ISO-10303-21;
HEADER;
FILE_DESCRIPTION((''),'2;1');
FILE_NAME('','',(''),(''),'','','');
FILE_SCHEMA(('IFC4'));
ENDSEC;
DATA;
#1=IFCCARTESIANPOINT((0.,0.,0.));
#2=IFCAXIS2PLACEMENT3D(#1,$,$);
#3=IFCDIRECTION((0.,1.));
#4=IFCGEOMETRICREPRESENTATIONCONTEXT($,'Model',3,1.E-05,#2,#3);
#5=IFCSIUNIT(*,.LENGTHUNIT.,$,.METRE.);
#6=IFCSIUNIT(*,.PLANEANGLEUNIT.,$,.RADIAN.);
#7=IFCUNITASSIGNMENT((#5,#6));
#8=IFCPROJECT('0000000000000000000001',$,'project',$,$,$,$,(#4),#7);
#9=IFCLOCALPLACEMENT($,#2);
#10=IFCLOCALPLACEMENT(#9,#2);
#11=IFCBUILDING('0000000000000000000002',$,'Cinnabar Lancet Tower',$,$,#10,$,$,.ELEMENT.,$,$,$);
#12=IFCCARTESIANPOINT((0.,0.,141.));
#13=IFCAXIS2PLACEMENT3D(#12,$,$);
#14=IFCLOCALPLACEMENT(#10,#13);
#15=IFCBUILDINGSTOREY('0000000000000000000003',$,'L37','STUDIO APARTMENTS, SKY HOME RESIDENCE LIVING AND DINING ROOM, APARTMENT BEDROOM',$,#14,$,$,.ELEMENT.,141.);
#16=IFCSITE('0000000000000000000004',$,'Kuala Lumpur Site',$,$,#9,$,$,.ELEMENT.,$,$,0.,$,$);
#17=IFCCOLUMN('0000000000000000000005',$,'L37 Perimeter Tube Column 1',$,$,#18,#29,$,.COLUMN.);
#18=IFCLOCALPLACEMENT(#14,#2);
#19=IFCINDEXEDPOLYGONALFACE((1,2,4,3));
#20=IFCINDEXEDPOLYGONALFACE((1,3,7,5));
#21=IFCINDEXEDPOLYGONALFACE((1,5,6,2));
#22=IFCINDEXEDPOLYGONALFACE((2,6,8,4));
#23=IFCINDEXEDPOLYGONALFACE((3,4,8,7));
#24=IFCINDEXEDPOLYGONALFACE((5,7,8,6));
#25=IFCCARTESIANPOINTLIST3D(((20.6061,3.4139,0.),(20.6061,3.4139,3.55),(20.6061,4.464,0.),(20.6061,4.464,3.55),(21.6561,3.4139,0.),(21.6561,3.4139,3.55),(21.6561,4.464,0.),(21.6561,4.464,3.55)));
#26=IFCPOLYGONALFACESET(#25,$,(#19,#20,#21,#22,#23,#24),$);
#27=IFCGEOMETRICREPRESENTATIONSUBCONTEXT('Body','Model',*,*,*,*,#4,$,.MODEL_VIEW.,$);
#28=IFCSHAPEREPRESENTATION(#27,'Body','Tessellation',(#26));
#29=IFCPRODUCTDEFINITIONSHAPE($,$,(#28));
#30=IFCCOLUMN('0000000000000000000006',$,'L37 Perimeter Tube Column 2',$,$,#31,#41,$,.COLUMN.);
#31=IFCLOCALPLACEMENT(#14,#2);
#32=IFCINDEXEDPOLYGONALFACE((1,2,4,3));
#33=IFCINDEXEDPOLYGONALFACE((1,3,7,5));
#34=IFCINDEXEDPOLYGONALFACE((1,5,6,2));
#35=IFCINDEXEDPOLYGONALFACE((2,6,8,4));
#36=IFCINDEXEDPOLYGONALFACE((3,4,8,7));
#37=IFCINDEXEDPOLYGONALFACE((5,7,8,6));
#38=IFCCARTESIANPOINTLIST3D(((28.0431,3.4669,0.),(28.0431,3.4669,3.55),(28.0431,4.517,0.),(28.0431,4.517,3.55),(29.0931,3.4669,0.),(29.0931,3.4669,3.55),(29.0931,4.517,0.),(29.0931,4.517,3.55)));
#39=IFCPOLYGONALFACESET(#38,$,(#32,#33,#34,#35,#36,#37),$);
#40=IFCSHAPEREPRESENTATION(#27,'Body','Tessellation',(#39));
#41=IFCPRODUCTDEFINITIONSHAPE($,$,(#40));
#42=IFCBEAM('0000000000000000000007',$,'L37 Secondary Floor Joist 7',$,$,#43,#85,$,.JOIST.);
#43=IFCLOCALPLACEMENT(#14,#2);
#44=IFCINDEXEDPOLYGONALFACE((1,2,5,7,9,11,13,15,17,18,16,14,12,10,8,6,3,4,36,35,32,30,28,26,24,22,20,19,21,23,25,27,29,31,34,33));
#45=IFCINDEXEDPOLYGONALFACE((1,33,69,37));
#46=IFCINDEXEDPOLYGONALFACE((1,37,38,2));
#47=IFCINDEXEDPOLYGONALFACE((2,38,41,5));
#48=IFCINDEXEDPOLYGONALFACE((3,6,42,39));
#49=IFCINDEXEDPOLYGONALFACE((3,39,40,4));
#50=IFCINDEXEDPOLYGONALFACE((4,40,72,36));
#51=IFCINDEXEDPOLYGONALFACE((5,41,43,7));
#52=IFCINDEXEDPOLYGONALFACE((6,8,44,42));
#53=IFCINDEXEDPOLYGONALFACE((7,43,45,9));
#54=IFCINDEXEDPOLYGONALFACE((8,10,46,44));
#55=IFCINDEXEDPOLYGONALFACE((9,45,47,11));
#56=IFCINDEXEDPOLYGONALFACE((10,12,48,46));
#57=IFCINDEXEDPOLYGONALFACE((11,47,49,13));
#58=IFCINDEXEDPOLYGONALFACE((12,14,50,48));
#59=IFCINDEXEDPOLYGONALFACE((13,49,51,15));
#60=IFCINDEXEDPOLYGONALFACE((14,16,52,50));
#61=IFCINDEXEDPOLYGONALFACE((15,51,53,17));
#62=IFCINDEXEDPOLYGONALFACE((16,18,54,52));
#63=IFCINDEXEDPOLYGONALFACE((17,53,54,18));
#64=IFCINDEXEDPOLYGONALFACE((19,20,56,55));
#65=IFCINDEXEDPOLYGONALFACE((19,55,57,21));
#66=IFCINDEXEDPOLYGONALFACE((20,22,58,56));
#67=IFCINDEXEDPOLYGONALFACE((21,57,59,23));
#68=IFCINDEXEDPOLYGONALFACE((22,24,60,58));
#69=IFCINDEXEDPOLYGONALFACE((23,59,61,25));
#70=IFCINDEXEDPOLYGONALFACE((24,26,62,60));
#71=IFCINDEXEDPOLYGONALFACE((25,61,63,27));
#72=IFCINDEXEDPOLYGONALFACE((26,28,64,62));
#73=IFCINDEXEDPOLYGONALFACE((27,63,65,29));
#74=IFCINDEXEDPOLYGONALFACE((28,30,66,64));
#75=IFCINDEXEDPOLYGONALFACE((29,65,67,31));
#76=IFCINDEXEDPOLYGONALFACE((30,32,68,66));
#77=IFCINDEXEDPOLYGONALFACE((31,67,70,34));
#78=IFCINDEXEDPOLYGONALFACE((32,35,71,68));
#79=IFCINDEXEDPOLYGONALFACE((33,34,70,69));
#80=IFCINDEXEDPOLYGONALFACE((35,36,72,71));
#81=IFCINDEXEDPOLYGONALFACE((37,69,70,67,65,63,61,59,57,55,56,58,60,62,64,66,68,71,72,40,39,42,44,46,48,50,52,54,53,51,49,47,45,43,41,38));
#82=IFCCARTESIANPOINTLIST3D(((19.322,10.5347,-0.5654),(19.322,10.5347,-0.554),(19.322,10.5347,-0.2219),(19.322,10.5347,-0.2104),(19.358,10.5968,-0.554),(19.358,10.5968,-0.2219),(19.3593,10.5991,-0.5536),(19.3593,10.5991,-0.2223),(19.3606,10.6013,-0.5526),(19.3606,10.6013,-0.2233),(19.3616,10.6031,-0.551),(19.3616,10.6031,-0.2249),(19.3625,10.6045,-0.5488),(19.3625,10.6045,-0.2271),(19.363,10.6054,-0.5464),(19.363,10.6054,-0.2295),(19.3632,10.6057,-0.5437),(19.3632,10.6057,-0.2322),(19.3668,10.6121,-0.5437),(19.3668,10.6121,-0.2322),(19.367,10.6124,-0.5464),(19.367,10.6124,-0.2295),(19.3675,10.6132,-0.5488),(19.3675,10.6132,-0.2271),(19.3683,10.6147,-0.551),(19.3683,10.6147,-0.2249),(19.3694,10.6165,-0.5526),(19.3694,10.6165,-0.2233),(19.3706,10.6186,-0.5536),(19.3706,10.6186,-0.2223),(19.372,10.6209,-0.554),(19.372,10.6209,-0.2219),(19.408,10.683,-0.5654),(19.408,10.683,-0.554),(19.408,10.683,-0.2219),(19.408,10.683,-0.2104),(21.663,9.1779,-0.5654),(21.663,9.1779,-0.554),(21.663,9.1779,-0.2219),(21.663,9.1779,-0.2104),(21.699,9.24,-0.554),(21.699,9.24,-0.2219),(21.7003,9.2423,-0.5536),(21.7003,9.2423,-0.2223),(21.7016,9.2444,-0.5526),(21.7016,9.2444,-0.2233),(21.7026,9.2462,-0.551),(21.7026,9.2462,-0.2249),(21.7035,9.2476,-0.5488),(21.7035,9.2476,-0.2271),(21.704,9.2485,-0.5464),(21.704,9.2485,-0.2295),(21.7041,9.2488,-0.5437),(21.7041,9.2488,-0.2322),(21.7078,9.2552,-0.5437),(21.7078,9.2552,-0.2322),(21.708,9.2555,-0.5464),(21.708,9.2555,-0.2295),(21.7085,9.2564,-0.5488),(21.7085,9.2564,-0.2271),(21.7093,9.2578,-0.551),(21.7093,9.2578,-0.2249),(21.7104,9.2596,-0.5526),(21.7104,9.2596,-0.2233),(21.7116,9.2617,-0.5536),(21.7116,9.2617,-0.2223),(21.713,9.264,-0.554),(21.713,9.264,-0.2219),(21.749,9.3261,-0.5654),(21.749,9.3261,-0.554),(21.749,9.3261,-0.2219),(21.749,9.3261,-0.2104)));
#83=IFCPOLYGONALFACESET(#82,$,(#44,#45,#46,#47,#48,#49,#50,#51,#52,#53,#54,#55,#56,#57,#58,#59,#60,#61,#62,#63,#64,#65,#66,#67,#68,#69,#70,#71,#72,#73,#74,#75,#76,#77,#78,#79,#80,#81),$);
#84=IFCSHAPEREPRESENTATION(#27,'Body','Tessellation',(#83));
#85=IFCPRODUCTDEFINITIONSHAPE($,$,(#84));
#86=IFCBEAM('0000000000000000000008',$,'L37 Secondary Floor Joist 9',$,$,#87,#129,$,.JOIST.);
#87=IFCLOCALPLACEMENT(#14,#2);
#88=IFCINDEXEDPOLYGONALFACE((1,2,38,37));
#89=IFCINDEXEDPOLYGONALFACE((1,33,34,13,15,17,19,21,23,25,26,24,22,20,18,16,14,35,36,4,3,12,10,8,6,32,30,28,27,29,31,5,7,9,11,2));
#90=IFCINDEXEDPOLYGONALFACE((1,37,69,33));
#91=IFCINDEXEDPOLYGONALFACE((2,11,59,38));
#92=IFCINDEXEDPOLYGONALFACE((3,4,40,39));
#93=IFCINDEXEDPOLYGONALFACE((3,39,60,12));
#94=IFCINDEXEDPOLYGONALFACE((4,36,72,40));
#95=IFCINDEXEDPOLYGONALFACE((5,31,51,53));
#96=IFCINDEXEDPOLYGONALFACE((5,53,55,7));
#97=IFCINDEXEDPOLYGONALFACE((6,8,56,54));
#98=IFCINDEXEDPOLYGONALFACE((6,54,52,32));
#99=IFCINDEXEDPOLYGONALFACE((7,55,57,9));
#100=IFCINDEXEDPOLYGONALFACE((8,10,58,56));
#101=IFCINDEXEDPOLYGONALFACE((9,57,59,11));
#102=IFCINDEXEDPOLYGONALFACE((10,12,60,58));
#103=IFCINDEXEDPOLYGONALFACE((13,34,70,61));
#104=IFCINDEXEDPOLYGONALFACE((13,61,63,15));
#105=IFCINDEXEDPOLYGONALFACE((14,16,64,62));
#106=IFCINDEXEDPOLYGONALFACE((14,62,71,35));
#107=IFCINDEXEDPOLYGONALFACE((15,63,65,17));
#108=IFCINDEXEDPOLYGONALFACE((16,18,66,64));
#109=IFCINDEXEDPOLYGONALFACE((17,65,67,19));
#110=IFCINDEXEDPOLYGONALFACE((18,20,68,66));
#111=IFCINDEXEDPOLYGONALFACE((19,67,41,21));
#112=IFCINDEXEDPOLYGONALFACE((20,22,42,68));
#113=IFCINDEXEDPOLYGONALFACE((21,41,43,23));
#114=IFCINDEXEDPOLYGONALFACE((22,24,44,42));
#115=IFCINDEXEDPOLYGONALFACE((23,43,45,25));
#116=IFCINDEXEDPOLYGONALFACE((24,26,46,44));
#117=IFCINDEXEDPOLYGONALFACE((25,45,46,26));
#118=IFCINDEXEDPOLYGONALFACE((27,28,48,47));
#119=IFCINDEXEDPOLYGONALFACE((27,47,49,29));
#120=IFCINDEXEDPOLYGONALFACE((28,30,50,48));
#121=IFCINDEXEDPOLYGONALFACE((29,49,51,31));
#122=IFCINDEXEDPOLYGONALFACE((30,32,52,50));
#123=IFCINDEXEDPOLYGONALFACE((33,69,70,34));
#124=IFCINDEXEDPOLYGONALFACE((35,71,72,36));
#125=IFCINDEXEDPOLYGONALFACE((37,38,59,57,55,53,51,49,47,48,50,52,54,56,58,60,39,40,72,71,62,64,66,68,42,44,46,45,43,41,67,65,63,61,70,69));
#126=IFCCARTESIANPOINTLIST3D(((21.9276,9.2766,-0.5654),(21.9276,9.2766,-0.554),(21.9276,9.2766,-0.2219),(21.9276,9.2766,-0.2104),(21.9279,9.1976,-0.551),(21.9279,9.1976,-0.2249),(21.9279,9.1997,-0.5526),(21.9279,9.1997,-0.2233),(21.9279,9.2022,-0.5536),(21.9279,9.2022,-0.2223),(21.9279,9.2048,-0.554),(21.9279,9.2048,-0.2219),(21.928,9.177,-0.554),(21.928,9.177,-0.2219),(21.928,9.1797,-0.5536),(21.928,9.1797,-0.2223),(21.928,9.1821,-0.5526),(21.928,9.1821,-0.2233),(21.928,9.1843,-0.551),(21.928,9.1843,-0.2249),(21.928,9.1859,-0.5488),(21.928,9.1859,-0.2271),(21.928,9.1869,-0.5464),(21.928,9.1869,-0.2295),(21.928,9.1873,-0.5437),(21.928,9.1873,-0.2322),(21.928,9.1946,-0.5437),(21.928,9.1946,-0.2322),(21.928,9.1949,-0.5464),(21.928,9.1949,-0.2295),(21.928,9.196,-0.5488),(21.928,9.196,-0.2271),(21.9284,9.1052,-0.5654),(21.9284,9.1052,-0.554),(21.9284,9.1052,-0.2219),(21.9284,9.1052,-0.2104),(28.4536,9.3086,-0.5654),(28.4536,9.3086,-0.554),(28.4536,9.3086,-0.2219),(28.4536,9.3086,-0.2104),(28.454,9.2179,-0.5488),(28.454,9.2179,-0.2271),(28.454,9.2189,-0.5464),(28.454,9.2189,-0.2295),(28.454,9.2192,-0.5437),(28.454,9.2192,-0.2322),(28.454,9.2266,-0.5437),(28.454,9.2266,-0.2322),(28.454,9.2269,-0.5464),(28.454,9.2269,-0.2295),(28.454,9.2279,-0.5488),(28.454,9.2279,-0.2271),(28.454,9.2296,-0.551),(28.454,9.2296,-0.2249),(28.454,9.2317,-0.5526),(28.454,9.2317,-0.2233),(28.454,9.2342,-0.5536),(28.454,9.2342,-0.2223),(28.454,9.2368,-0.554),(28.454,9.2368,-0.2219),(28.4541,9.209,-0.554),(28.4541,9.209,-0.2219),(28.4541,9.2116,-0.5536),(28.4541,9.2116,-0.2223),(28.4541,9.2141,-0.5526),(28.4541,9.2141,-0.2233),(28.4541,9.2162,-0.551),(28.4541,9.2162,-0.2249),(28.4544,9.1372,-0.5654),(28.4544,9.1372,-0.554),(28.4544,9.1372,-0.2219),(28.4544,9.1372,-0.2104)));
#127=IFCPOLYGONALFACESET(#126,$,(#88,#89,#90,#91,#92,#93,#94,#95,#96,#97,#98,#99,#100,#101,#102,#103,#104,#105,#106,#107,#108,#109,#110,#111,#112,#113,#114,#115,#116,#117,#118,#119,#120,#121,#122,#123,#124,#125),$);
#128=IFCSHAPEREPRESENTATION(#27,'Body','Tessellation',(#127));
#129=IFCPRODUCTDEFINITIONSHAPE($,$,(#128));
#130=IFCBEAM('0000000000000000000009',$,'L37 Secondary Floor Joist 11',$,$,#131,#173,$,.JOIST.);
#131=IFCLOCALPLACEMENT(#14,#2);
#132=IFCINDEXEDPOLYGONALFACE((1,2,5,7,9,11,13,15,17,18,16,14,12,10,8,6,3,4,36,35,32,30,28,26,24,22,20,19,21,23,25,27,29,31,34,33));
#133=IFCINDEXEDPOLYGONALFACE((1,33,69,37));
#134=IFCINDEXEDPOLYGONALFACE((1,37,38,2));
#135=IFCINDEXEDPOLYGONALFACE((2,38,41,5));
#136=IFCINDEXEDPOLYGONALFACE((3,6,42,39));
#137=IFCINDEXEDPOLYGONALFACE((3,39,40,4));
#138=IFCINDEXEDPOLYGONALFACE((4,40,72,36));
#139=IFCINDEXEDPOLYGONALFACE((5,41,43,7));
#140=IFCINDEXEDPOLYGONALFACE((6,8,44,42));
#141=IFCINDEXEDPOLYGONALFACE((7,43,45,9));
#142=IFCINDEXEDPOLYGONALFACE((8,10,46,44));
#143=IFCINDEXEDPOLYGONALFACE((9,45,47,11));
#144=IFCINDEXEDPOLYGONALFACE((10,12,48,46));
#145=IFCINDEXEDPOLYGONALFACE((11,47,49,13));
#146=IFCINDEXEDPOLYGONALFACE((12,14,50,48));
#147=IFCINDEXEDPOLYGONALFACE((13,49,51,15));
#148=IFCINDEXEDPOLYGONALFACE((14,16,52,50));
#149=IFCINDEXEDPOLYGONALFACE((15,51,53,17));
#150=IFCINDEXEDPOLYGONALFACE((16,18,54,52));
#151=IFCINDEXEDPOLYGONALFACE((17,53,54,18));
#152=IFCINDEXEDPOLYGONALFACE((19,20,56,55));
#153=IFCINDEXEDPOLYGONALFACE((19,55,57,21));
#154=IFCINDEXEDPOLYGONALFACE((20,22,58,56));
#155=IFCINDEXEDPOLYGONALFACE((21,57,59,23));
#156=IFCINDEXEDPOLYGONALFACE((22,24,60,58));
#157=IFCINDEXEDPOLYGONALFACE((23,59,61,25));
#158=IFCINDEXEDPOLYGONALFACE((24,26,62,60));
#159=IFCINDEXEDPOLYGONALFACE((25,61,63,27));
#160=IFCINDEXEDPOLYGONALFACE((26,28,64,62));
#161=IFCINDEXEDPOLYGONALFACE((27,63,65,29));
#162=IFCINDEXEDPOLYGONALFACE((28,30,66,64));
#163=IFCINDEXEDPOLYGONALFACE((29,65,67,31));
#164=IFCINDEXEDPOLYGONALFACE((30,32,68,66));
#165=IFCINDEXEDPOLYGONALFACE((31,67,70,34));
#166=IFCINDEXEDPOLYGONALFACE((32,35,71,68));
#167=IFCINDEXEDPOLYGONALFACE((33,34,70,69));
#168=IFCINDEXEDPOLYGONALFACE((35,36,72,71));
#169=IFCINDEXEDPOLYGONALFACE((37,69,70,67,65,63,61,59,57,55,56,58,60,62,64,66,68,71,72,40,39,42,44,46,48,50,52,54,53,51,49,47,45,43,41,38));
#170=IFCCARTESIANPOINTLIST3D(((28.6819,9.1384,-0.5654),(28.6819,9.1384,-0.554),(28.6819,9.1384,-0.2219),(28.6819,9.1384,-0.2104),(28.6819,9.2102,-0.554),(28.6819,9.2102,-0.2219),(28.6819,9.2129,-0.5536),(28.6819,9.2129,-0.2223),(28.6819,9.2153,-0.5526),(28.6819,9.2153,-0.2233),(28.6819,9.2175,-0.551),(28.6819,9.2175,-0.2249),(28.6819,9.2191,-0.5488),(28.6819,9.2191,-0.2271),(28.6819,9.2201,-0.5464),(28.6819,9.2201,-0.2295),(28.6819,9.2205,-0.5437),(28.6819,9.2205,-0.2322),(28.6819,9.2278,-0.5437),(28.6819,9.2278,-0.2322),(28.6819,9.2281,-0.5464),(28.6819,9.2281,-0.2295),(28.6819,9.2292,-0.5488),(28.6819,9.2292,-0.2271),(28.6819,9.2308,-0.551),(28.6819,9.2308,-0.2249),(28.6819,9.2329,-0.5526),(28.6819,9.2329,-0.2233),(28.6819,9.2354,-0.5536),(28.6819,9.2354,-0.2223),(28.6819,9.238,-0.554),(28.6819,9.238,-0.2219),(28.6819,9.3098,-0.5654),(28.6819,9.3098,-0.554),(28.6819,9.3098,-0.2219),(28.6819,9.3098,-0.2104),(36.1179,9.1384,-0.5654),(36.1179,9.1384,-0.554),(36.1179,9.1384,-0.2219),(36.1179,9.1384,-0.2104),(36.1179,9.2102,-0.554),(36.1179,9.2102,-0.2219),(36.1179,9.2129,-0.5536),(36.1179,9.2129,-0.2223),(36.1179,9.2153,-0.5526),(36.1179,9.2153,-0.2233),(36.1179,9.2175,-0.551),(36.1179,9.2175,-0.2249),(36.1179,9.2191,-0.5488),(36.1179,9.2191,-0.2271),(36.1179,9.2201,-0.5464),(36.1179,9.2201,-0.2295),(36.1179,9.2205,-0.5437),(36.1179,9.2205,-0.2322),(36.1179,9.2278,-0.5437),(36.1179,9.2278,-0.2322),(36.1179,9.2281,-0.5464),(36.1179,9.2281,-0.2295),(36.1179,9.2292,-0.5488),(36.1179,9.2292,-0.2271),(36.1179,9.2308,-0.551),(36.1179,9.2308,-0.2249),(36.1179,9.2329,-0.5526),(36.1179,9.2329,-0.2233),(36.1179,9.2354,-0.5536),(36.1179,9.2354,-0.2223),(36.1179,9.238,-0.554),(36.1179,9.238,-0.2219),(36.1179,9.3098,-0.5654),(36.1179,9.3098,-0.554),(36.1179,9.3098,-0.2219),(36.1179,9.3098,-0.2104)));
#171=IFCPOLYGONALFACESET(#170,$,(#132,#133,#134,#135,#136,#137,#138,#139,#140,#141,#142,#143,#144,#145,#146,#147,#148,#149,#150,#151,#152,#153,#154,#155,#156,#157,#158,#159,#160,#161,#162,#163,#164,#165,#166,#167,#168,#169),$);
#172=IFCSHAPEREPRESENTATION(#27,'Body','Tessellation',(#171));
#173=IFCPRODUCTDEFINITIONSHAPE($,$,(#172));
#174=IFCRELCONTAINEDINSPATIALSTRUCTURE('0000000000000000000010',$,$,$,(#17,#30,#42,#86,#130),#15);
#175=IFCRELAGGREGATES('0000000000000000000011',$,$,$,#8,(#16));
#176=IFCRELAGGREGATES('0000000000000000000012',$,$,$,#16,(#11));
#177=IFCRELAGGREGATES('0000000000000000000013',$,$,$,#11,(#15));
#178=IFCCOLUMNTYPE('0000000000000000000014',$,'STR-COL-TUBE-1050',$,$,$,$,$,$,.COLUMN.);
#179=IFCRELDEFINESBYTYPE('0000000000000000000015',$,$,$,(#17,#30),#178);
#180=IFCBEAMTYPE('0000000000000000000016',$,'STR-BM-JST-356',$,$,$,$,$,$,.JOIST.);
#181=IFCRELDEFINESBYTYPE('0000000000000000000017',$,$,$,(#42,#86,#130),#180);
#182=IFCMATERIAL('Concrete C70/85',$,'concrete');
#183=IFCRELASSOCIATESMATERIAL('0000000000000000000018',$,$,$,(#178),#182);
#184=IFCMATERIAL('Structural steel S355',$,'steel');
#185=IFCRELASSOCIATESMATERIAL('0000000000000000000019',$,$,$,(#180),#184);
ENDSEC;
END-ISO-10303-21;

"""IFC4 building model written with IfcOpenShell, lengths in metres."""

from ifc_helpers import new_model, si_unit, direction, frame, origin, origin_2d, place, context, subcontext, project, spatial, rectangle, i_section, extrude, material, material_profile, profile_set, type_object, element, save


model = new_model("IFC4")

# Units and contexts
model_context = context("Model", 3, precision=1e-05, world=origin(), true_north=direction((0.0, 1.0)))
body_context = subcontext(model_context, "Body", "Model", "MODEL_VIEW")
ifc_project = project(units=[si_unit("LENGTHUNIT", "METRE"), si_unit("PLANEANGLEUNIT", "RADIAN")], contexts=[model_context])

# Site, building, storey
site_placement = place(None, origin())
site = spatial("IfcSite", under=ifc_project, at=site_placement, Name="Kuala Lumpur Site", CompositionType="ELEMENT", RefElevation=0.0)
building_placement = place(site_placement, origin())
building = spatial("IfcBuilding", under=site, at=building_placement, Name="Cinnabar Lancet Tower", CompositionType="ELEMENT")
storey_placement = place(building_placement, frame((0.0, 0.0, 141.0)))
storey = spatial("IfcBuildingStorey", under=building, at=storey_placement, Name="L37", Description="STUDIO APARTMENTS, SKY HOME RESIDENCE LIVING AND DINING ROOM, APARTMENT BEDROOM", CompositionType="ELEMENT", Elevation=141.0)

# Columns
ifc_material_1 = material(Name="Concrete C70/85", Category="concrete")
ifc_material_profile_1 = material_profile(ifc_material_1, rectangle(XDim=1.05, YDim=1.05, at=origin_2d()), Name="RC-COL 1050x1050")
ifc_profile_set_1 = profile_set([ifc_material_profile_1], Name="Concrete C70/85")
column_type = type_object("IfcColumnType", Name="STR-COL-TUBE-1050", PredefinedType="COLUMN", material=ifc_profile_set_1)
for number, where, z_axis, x_axis, name in (
    (1, (21.1311, 3.939, 0.0), (0.0, 0.0, 1.0), (1.0, 0.0, 0.0), "L37 Perimeter Tube Column 1"),
    (2, (28.5681, 3.9919, 0.0), (0.0, 0.0, 1.0), (1.0, 0.0, 0.0), "L37 Perimeter Tube Column 2"),
):
    element("IfcColumn", number, at=place(storey_placement, frame(where, z_axis=z_axis, x_axis=x_axis)), inside=storey, type_object=column_type, Name=name, PredefinedType="COLUMN", context=body_context, shape_type="SweptSolid", body=[
        extrude(rectangle(XDim=1.05, YDim=1.05, at=origin_2d()), origin(), (0.0, 0.0, 1.0), 3.55),
    ])

# Beams
ifc_material_2 = material(Name="Structural steel S355", Category="steel")
ifc_material_profile_2 = material_profile(ifc_material_2, i_section(OverallWidth=0.1714, OverallDepth=0.355, WebThickness=0.0073, FlangeThickness=0.0115, FilletRadius=0.0103, at=origin_2d()), Name="UKB 356x171x51")
ifc_profile_set_2 = profile_set([ifc_material_profile_2], Name="Structural steel S355")
beam_type_1 = type_object("IfcBeamType", Name="STR-BM-JST-356", PredefinedType="JOIST", material=ifc_profile_set_2)
beam_1_placement = place(storey_placement, frame((19.365, 10.6089, -0.3879), z_axis=(0.865173, -0.501474, 0.0), x_axis=(0.501474, 0.865173, 0.0)))
element("IfcBeam", 3, at=beam_1_placement, inside=storey, type_object=beam_type_1, Name="L37 Secondary Floor Joist 7", PredefinedType="JOIST", context=body_context, shape_type="SweptSolid", body=[
    extrude(i_section(OverallWidth=0.1714, OverallDepth=0.355, WebThickness=0.0073, FlangeThickness=0.0115, FilletRadius=0.0103, at=origin_2d()), origin(), (0.0, 0.0, 1.0), 2.7058),
])
beam_2_placement = place(storey_placement, frame((21.928, 9.1909, -0.3879), z_axis=(0.999988, 0.004901, 0.0), x_axis=(-0.004901, 0.999988, 0.0)))
element("IfcBeam", 4, at=beam_2_placement, inside=storey, type_object=beam_type_1, Name="L37 Secondary Floor Joist 9", PredefinedType="JOIST", context=body_context, shape_type="SweptSolid", body=[
    extrude(i_section(OverallWidth=0.1714, OverallDepth=0.355, WebThickness=0.0073, FlangeThickness=0.0115, FilletRadius=0.0103, at=origin_2d()), origin(), (0.0, 0.0, 1.0), 6.5261),
])
beam_3_placement = place(storey_placement, frame((28.6819, 9.2241, -0.3879), z_axis=(1.0, 0.0, 0.0), x_axis=(0.0, 1.0, 0.0)))
element("IfcBeam", 5, at=beam_3_placement, inside=storey, type_object=beam_type_1, Name="L37 Secondary Floor Joist 11", PredefinedType="JOIST", context=body_context, shape_type="SweptSolid", body=[
    extrude(i_section(OverallWidth=0.1714, OverallDepth=0.355, WebThickness=0.0073, FlangeThickness=0.0115, FilletRadius=0.0103, at=origin_2d()), origin(), (0.0, 0.0, 1.0), 7.436),
])

save(model, "model.ifc")
